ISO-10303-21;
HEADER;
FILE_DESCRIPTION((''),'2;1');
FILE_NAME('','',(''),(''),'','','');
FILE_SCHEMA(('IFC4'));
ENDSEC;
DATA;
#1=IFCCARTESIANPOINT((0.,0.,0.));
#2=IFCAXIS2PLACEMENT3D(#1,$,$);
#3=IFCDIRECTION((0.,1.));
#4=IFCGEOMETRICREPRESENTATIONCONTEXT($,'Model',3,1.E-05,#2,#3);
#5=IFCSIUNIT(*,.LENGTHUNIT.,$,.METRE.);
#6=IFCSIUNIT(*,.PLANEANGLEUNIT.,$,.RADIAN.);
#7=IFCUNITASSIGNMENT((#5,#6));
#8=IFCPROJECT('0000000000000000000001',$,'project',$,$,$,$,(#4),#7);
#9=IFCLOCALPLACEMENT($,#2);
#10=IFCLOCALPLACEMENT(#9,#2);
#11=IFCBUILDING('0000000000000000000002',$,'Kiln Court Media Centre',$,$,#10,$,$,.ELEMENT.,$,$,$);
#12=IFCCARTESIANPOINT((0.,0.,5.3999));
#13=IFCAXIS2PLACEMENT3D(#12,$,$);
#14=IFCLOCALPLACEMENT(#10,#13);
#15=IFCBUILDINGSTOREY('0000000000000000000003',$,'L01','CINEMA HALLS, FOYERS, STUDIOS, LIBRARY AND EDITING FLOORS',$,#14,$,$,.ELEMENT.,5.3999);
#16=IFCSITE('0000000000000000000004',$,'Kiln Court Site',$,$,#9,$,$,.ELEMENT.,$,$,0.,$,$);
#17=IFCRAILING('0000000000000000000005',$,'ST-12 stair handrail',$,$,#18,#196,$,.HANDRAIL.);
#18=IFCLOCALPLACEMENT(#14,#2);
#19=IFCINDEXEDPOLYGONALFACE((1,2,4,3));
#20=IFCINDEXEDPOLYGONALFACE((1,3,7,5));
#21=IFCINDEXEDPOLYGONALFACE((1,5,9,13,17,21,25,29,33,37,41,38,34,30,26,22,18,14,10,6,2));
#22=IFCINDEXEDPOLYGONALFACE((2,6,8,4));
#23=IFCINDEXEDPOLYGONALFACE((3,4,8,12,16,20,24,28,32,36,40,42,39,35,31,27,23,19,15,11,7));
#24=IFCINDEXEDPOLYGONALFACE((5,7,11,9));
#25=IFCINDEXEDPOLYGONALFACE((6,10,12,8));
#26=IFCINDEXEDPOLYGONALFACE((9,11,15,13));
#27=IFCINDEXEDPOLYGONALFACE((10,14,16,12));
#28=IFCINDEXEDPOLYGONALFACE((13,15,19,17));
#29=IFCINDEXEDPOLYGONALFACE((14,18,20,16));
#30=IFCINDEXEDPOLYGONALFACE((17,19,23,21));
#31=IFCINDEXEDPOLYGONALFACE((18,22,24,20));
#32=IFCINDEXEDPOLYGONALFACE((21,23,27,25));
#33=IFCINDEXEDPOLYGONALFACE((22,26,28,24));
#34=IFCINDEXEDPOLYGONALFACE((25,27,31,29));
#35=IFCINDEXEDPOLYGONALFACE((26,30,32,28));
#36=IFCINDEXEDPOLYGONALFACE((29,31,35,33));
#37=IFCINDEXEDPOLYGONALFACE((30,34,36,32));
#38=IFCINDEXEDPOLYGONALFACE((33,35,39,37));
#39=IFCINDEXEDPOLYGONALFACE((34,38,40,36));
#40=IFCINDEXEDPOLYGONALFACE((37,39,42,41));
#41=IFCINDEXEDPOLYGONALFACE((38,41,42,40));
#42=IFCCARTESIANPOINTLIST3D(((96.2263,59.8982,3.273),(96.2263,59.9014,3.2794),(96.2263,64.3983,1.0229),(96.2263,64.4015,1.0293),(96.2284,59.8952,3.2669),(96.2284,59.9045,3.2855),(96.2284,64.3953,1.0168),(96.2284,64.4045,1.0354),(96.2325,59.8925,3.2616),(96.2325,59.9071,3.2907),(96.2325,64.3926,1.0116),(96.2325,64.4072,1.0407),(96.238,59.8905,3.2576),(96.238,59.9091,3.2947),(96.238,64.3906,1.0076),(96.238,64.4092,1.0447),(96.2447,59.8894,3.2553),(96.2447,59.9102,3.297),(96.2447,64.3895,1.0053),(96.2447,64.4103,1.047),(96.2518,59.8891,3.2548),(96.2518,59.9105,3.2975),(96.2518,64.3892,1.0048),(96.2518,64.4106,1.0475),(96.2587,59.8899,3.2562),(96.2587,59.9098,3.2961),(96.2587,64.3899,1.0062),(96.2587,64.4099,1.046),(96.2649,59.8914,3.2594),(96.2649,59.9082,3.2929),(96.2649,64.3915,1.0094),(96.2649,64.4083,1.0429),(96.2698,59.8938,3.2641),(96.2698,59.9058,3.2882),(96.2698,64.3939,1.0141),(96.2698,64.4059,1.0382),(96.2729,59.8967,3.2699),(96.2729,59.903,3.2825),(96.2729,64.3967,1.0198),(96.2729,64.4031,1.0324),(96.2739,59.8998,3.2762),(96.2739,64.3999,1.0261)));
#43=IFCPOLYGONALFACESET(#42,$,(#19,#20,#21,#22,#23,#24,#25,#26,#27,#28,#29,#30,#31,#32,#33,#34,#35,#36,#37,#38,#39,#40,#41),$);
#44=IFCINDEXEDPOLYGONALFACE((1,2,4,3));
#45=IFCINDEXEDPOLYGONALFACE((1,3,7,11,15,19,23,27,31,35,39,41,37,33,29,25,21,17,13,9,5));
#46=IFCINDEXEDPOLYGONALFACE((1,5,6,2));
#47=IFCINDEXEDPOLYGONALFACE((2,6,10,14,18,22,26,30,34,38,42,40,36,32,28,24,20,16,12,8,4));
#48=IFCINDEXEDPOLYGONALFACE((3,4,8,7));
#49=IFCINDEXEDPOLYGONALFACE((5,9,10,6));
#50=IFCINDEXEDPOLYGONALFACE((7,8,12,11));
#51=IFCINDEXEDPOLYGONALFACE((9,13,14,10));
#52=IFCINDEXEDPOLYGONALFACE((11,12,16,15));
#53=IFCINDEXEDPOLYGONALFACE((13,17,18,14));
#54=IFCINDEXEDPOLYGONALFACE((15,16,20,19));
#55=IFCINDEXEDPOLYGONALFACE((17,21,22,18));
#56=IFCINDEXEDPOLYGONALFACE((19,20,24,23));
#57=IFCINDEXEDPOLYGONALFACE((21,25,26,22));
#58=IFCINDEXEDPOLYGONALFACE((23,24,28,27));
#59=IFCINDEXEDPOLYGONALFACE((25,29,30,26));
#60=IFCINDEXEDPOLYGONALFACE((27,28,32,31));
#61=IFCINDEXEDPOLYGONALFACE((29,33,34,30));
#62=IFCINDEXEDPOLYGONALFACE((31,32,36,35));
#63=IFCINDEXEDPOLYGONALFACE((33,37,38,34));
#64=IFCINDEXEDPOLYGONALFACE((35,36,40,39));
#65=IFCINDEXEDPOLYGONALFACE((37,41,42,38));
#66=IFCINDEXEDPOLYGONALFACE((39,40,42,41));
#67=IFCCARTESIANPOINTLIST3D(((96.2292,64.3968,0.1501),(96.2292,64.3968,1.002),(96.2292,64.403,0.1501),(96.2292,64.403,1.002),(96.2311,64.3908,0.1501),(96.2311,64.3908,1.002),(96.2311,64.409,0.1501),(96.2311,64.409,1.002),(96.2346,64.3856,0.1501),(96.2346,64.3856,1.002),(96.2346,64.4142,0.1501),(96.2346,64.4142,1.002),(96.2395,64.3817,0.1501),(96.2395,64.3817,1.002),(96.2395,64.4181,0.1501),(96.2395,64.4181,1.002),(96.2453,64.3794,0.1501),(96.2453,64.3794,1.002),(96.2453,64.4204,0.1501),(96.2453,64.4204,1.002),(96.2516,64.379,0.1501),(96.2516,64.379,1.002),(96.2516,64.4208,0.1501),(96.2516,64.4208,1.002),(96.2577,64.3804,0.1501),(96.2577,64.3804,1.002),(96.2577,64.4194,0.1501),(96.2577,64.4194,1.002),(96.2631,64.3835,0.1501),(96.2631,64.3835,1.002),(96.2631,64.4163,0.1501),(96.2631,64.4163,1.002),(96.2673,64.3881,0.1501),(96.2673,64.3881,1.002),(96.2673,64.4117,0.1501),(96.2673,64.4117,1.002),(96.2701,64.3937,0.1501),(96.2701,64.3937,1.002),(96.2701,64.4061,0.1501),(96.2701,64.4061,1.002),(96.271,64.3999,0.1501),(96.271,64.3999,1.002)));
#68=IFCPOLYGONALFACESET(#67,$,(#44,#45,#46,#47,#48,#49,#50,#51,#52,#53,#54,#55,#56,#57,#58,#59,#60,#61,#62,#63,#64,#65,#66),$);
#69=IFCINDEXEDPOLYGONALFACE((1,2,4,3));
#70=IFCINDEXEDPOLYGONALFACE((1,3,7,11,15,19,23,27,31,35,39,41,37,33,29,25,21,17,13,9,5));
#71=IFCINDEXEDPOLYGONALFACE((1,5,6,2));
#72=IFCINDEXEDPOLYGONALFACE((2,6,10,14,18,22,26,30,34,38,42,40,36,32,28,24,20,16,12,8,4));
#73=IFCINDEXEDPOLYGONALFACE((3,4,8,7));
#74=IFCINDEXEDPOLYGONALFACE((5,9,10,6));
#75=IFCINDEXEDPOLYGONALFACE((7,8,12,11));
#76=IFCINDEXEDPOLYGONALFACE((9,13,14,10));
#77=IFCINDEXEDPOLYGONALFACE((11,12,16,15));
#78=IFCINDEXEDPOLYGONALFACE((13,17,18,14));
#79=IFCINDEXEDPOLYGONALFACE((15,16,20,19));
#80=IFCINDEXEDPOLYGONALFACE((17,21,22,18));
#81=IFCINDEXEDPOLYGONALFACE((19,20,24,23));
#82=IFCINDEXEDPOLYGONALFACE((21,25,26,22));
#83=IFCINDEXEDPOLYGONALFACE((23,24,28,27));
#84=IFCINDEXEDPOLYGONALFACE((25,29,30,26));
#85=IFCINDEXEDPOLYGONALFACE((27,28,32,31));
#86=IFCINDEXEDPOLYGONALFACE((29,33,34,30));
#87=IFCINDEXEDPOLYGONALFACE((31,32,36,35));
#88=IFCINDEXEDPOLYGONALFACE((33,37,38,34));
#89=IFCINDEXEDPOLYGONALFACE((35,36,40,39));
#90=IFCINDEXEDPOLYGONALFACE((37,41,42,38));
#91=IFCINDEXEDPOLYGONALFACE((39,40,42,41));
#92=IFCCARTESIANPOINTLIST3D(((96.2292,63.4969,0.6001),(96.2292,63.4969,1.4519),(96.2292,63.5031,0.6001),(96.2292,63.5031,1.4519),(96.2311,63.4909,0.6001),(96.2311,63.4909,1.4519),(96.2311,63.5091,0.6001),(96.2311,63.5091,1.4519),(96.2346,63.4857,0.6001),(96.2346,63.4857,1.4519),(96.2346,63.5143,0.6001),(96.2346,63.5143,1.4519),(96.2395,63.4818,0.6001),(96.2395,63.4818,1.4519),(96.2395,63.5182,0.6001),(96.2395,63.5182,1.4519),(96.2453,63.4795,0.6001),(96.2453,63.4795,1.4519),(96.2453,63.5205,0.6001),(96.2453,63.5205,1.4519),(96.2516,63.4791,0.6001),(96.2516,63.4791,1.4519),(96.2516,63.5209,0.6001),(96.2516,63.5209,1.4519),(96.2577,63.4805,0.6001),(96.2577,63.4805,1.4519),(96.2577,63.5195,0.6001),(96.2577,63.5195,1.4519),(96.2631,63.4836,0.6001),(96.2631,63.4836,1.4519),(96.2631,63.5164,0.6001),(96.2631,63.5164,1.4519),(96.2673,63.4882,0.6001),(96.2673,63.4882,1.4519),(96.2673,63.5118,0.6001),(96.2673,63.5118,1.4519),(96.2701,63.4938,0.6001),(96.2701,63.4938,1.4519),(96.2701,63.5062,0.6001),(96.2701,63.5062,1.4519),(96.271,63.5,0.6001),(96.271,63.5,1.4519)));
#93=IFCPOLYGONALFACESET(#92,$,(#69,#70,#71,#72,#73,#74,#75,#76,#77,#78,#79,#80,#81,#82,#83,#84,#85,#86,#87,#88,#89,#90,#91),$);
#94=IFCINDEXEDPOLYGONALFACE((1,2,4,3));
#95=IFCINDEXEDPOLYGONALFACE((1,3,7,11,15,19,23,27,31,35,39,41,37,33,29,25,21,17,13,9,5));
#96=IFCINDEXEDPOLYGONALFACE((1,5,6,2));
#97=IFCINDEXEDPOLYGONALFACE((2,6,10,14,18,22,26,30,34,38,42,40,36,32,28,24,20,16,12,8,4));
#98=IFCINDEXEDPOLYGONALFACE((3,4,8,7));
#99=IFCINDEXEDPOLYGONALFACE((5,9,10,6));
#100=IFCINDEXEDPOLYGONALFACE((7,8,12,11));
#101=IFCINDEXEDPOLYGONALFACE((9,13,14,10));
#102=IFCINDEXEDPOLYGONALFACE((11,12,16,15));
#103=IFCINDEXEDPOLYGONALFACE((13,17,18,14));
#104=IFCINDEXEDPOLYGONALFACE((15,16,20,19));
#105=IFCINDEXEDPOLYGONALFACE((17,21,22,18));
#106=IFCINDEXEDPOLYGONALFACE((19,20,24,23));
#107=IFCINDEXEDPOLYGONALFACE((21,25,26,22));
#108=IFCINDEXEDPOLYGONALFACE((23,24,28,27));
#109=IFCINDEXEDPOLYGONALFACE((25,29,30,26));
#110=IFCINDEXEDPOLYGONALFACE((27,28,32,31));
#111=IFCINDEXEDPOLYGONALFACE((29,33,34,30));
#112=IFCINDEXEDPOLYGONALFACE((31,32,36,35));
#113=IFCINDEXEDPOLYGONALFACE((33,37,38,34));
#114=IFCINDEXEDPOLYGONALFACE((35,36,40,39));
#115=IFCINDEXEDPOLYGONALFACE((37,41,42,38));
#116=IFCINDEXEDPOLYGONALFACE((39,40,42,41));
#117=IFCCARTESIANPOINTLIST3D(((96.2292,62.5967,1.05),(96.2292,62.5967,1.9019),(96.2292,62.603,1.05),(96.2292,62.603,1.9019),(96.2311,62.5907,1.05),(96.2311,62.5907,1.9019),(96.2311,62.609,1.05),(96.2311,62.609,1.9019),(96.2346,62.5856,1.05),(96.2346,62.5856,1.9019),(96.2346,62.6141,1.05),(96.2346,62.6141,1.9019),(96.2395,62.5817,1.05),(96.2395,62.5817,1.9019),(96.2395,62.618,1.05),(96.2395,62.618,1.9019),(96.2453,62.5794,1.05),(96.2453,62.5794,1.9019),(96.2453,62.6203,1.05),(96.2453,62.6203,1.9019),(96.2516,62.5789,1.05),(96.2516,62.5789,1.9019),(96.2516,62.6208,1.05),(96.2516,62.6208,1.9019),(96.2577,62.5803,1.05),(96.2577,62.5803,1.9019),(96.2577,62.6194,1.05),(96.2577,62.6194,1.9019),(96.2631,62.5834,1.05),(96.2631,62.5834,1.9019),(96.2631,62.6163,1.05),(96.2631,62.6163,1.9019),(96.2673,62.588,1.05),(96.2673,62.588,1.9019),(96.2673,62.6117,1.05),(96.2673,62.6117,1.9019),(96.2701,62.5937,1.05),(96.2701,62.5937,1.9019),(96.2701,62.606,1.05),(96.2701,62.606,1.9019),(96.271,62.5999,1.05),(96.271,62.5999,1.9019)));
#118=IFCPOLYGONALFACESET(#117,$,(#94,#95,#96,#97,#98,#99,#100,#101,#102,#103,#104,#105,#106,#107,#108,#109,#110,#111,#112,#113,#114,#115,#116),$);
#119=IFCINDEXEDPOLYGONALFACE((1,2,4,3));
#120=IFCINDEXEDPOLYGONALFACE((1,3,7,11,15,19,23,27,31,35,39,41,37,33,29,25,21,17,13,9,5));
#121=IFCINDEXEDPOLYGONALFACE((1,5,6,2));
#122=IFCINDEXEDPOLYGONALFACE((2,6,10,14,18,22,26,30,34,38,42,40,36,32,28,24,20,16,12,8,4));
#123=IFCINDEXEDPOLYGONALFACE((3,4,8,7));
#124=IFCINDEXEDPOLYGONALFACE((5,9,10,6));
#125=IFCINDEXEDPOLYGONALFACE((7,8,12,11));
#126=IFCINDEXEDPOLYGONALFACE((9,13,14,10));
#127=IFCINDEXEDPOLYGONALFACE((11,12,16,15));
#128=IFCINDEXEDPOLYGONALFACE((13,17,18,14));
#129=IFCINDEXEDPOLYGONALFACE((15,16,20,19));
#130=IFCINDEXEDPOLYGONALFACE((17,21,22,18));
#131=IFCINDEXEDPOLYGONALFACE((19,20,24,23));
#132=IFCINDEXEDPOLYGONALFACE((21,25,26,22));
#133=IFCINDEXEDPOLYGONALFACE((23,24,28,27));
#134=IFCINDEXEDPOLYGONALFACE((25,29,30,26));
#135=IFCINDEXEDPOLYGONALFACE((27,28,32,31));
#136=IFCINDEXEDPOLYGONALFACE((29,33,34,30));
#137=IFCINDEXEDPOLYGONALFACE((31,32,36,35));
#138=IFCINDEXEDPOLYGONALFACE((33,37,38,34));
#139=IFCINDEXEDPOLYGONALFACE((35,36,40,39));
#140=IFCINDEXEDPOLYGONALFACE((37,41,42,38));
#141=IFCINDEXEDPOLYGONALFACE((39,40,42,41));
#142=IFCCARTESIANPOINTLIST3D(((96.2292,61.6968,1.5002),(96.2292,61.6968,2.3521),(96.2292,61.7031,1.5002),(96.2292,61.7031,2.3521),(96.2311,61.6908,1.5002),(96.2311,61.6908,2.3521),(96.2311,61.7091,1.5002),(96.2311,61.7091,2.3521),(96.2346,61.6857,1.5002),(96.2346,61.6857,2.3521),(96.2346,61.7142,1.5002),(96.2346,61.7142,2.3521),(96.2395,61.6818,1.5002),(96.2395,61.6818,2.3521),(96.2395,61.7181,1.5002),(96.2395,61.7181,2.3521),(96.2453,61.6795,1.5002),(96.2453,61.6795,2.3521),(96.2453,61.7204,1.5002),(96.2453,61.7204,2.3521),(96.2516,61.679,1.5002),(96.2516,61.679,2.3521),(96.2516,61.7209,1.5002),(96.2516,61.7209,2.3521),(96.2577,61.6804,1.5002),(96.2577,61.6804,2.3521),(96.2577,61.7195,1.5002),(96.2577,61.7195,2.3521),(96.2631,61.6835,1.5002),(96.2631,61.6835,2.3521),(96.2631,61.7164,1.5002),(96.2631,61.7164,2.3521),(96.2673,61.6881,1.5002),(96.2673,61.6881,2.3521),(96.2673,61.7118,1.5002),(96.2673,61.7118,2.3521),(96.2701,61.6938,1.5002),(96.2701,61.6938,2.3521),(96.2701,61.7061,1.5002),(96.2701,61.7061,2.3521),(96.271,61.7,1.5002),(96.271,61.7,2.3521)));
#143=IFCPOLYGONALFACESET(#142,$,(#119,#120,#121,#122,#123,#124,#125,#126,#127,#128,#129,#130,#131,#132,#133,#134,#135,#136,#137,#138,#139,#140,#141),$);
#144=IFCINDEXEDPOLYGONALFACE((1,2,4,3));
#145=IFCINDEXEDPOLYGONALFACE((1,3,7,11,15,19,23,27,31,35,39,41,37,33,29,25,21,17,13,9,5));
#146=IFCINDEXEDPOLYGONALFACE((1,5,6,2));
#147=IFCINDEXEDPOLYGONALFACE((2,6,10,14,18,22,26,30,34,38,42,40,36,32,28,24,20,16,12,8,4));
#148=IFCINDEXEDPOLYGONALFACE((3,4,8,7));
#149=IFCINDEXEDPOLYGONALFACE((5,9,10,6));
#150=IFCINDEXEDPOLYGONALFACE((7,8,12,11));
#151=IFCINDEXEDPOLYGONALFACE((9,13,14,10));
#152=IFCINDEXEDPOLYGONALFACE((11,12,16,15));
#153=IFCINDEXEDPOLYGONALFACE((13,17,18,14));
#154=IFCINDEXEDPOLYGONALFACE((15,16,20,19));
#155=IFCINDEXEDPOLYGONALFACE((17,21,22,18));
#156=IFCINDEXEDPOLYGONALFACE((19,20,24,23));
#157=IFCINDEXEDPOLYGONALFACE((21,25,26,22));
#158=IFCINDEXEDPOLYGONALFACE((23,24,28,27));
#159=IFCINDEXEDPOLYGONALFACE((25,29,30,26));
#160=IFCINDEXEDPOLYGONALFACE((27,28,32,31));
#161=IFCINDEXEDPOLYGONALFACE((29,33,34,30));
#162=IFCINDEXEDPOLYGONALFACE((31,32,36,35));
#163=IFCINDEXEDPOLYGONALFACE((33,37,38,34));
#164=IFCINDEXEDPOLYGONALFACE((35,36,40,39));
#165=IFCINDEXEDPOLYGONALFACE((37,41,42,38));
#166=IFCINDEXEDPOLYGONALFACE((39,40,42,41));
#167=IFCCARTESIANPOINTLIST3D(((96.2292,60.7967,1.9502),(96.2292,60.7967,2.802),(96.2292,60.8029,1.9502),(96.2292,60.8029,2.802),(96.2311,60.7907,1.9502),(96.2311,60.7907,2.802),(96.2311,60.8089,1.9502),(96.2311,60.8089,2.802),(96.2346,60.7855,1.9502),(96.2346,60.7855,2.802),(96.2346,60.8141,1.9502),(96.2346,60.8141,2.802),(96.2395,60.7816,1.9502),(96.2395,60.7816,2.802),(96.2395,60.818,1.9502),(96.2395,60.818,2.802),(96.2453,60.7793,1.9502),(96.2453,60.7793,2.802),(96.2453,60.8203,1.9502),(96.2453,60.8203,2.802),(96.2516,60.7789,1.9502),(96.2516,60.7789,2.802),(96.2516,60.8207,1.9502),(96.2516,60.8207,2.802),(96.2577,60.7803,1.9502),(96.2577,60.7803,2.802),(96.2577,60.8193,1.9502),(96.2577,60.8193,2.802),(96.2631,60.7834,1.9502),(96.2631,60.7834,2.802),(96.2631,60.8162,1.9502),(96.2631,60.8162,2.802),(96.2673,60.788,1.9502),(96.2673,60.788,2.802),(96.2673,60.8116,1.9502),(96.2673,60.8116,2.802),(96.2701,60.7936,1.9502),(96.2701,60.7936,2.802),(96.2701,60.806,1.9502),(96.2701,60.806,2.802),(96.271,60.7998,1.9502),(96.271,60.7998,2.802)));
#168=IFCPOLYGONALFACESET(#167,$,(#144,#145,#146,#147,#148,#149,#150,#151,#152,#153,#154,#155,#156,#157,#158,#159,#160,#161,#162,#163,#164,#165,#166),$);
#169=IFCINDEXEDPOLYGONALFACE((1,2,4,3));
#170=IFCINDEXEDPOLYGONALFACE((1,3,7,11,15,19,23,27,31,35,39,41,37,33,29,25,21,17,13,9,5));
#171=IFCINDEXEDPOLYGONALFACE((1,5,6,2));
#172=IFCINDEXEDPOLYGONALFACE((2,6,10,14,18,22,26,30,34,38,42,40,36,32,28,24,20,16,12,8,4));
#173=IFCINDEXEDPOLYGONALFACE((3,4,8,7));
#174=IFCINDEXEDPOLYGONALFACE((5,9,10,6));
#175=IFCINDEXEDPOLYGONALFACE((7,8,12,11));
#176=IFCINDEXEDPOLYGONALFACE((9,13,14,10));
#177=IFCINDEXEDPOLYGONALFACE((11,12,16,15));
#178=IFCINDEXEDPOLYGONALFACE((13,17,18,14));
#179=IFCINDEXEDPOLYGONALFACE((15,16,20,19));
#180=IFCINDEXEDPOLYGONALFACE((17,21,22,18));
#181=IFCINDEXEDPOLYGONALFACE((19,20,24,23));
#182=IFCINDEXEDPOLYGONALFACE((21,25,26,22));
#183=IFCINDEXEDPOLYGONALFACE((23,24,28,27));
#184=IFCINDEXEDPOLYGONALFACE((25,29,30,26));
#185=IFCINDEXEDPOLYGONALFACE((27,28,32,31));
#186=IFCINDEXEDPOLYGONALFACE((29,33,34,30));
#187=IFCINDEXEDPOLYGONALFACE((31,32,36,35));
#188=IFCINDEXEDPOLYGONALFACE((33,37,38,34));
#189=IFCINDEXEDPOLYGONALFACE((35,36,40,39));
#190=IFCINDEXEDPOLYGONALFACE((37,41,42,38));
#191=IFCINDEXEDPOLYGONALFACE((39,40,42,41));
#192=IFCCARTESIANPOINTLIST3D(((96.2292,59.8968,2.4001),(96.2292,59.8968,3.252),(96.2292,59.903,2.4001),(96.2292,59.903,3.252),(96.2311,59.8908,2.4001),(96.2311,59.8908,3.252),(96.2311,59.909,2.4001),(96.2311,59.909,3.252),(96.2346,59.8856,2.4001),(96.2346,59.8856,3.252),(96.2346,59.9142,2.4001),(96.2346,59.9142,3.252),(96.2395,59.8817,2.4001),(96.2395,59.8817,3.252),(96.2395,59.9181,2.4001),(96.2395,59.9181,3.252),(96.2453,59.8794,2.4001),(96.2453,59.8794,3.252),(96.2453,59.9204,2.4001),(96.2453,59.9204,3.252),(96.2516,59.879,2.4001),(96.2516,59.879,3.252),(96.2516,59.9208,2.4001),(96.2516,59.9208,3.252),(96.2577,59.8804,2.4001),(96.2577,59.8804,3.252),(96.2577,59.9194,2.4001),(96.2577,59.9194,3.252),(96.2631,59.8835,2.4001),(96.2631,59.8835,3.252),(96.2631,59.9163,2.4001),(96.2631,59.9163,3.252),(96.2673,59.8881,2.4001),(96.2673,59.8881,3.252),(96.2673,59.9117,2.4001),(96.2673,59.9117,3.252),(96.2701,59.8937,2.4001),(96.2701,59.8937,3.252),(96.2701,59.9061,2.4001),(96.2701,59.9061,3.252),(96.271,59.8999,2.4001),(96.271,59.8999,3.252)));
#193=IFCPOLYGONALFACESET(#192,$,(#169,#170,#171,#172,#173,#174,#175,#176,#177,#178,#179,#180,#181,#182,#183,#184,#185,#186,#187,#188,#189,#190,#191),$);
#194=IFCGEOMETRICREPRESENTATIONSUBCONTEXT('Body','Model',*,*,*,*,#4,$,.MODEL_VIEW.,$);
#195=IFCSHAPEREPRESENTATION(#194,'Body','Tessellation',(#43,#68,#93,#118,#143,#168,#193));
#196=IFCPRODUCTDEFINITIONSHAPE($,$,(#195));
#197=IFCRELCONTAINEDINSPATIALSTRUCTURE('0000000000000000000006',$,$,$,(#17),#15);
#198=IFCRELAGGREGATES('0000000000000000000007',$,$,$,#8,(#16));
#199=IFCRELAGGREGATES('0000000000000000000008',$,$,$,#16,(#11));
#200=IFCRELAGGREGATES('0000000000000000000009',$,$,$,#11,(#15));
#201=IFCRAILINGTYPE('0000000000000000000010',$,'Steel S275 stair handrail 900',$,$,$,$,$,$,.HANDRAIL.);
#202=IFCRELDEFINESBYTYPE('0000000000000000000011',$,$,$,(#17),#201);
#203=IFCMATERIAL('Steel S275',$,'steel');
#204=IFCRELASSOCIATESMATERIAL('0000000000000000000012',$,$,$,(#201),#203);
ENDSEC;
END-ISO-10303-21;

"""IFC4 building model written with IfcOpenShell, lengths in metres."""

from ifc_helpers import new_model, si_unit, direction, frame, origin, origin_2d, place, context, subcontext, project, spatial, circle, extrude, material, type_object, element, save


model = new_model("IFC4")

# Units and contexts
model_context = context("Model", 3, precision=1e-05, world=origin(), true_north=direction((0.0, 1.0)))
body_context = subcontext(model_context, "Body", "Model", "MODEL_VIEW")
ifc_project = project(units=[si_unit("LENGTHUNIT", "METRE"), si_unit("PLANEANGLEUNIT", "RADIAN")], contexts=[model_context])

# Site, building, storey
site_placement = place(None, origin())
site = spatial("IfcSite", under=ifc_project, at=site_placement, Name="Kiln Court Site", CompositionType="ELEMENT", RefElevation=0.0)
building_placement = place(site_placement, origin())
building = spatial("IfcBuilding", under=site, at=building_placement, Name="Kiln Court Media Centre", CompositionType="ELEMENT")
storey_placement = place(building_placement, frame((0.0, 0.0, 5.3999)))
storey = spatial("IfcBuildingStorey", under=building, at=storey_placement, Name="L01", Description="CINEMA HALLS, FOYERS, STUDIOS, LIBRARY AND EDITING FLOORS", CompositionType="ELEMENT", Elevation=5.3999)

# Railing
ifc_material_1 = material(Name="Steel S275", Category="steel")
railing_type_1 = type_object("IfcRailingType", Name="Steel S275 stair handrail 900", PredefinedType="HANDRAIL", material=ifc_material_1)
railing_1_placement = place(storey_placement, frame((96.25, 64.3999, 0.1501)))
element("IfcRailing", 1, at=railing_1_placement, inside=storey, type_object=railing_type_1, Name="ST-12 stair handrail", PredefinedType="HANDRAIL", context=body_context, shape_type="SweptSolid", body=[
    extrude(circle(Radius=0.0239, at=origin_2d()), frame((0.0, 0.0, 0.876), z_axis=(0.0, -0.894427, 0.447214), x_axis=(1.0, 0.0, 0.0)), (0.0, 0.0, 1.0), 5.0312),
    extrude(circle(Radius=0.021, at=origin_2d()), origin(), (0.0, 0.0, 1.0), 0.8518),
    extrude(circle(Radius=0.021, at=origin_2d()), frame((0.0, -0.8999, 0.45)), (0.0, 0.0, 1.0), 0.8518),
    extrude(circle(Radius=0.021, at=origin_2d()), frame((0.0, -1.8, 0.8999)), (0.0, 0.0, 1.0), 0.8518),
    extrude(circle(Radius=0.021, at=origin_2d()), frame((0.0, -2.7, 1.3501)), (0.0, 0.0, 1.0), 0.8518),
    extrude(circle(Radius=0.021, at=origin_2d()), frame((0.0, -3.6001, 1.8)), (0.0, 0.0, 1.0), 0.8518),
    extrude(circle(Radius=0.021, at=origin_2d()), frame((0.0, -4.5, 2.25)), (0.0, 0.0, 1.0), 0.8518),
])

save(model, "model.ifc")
